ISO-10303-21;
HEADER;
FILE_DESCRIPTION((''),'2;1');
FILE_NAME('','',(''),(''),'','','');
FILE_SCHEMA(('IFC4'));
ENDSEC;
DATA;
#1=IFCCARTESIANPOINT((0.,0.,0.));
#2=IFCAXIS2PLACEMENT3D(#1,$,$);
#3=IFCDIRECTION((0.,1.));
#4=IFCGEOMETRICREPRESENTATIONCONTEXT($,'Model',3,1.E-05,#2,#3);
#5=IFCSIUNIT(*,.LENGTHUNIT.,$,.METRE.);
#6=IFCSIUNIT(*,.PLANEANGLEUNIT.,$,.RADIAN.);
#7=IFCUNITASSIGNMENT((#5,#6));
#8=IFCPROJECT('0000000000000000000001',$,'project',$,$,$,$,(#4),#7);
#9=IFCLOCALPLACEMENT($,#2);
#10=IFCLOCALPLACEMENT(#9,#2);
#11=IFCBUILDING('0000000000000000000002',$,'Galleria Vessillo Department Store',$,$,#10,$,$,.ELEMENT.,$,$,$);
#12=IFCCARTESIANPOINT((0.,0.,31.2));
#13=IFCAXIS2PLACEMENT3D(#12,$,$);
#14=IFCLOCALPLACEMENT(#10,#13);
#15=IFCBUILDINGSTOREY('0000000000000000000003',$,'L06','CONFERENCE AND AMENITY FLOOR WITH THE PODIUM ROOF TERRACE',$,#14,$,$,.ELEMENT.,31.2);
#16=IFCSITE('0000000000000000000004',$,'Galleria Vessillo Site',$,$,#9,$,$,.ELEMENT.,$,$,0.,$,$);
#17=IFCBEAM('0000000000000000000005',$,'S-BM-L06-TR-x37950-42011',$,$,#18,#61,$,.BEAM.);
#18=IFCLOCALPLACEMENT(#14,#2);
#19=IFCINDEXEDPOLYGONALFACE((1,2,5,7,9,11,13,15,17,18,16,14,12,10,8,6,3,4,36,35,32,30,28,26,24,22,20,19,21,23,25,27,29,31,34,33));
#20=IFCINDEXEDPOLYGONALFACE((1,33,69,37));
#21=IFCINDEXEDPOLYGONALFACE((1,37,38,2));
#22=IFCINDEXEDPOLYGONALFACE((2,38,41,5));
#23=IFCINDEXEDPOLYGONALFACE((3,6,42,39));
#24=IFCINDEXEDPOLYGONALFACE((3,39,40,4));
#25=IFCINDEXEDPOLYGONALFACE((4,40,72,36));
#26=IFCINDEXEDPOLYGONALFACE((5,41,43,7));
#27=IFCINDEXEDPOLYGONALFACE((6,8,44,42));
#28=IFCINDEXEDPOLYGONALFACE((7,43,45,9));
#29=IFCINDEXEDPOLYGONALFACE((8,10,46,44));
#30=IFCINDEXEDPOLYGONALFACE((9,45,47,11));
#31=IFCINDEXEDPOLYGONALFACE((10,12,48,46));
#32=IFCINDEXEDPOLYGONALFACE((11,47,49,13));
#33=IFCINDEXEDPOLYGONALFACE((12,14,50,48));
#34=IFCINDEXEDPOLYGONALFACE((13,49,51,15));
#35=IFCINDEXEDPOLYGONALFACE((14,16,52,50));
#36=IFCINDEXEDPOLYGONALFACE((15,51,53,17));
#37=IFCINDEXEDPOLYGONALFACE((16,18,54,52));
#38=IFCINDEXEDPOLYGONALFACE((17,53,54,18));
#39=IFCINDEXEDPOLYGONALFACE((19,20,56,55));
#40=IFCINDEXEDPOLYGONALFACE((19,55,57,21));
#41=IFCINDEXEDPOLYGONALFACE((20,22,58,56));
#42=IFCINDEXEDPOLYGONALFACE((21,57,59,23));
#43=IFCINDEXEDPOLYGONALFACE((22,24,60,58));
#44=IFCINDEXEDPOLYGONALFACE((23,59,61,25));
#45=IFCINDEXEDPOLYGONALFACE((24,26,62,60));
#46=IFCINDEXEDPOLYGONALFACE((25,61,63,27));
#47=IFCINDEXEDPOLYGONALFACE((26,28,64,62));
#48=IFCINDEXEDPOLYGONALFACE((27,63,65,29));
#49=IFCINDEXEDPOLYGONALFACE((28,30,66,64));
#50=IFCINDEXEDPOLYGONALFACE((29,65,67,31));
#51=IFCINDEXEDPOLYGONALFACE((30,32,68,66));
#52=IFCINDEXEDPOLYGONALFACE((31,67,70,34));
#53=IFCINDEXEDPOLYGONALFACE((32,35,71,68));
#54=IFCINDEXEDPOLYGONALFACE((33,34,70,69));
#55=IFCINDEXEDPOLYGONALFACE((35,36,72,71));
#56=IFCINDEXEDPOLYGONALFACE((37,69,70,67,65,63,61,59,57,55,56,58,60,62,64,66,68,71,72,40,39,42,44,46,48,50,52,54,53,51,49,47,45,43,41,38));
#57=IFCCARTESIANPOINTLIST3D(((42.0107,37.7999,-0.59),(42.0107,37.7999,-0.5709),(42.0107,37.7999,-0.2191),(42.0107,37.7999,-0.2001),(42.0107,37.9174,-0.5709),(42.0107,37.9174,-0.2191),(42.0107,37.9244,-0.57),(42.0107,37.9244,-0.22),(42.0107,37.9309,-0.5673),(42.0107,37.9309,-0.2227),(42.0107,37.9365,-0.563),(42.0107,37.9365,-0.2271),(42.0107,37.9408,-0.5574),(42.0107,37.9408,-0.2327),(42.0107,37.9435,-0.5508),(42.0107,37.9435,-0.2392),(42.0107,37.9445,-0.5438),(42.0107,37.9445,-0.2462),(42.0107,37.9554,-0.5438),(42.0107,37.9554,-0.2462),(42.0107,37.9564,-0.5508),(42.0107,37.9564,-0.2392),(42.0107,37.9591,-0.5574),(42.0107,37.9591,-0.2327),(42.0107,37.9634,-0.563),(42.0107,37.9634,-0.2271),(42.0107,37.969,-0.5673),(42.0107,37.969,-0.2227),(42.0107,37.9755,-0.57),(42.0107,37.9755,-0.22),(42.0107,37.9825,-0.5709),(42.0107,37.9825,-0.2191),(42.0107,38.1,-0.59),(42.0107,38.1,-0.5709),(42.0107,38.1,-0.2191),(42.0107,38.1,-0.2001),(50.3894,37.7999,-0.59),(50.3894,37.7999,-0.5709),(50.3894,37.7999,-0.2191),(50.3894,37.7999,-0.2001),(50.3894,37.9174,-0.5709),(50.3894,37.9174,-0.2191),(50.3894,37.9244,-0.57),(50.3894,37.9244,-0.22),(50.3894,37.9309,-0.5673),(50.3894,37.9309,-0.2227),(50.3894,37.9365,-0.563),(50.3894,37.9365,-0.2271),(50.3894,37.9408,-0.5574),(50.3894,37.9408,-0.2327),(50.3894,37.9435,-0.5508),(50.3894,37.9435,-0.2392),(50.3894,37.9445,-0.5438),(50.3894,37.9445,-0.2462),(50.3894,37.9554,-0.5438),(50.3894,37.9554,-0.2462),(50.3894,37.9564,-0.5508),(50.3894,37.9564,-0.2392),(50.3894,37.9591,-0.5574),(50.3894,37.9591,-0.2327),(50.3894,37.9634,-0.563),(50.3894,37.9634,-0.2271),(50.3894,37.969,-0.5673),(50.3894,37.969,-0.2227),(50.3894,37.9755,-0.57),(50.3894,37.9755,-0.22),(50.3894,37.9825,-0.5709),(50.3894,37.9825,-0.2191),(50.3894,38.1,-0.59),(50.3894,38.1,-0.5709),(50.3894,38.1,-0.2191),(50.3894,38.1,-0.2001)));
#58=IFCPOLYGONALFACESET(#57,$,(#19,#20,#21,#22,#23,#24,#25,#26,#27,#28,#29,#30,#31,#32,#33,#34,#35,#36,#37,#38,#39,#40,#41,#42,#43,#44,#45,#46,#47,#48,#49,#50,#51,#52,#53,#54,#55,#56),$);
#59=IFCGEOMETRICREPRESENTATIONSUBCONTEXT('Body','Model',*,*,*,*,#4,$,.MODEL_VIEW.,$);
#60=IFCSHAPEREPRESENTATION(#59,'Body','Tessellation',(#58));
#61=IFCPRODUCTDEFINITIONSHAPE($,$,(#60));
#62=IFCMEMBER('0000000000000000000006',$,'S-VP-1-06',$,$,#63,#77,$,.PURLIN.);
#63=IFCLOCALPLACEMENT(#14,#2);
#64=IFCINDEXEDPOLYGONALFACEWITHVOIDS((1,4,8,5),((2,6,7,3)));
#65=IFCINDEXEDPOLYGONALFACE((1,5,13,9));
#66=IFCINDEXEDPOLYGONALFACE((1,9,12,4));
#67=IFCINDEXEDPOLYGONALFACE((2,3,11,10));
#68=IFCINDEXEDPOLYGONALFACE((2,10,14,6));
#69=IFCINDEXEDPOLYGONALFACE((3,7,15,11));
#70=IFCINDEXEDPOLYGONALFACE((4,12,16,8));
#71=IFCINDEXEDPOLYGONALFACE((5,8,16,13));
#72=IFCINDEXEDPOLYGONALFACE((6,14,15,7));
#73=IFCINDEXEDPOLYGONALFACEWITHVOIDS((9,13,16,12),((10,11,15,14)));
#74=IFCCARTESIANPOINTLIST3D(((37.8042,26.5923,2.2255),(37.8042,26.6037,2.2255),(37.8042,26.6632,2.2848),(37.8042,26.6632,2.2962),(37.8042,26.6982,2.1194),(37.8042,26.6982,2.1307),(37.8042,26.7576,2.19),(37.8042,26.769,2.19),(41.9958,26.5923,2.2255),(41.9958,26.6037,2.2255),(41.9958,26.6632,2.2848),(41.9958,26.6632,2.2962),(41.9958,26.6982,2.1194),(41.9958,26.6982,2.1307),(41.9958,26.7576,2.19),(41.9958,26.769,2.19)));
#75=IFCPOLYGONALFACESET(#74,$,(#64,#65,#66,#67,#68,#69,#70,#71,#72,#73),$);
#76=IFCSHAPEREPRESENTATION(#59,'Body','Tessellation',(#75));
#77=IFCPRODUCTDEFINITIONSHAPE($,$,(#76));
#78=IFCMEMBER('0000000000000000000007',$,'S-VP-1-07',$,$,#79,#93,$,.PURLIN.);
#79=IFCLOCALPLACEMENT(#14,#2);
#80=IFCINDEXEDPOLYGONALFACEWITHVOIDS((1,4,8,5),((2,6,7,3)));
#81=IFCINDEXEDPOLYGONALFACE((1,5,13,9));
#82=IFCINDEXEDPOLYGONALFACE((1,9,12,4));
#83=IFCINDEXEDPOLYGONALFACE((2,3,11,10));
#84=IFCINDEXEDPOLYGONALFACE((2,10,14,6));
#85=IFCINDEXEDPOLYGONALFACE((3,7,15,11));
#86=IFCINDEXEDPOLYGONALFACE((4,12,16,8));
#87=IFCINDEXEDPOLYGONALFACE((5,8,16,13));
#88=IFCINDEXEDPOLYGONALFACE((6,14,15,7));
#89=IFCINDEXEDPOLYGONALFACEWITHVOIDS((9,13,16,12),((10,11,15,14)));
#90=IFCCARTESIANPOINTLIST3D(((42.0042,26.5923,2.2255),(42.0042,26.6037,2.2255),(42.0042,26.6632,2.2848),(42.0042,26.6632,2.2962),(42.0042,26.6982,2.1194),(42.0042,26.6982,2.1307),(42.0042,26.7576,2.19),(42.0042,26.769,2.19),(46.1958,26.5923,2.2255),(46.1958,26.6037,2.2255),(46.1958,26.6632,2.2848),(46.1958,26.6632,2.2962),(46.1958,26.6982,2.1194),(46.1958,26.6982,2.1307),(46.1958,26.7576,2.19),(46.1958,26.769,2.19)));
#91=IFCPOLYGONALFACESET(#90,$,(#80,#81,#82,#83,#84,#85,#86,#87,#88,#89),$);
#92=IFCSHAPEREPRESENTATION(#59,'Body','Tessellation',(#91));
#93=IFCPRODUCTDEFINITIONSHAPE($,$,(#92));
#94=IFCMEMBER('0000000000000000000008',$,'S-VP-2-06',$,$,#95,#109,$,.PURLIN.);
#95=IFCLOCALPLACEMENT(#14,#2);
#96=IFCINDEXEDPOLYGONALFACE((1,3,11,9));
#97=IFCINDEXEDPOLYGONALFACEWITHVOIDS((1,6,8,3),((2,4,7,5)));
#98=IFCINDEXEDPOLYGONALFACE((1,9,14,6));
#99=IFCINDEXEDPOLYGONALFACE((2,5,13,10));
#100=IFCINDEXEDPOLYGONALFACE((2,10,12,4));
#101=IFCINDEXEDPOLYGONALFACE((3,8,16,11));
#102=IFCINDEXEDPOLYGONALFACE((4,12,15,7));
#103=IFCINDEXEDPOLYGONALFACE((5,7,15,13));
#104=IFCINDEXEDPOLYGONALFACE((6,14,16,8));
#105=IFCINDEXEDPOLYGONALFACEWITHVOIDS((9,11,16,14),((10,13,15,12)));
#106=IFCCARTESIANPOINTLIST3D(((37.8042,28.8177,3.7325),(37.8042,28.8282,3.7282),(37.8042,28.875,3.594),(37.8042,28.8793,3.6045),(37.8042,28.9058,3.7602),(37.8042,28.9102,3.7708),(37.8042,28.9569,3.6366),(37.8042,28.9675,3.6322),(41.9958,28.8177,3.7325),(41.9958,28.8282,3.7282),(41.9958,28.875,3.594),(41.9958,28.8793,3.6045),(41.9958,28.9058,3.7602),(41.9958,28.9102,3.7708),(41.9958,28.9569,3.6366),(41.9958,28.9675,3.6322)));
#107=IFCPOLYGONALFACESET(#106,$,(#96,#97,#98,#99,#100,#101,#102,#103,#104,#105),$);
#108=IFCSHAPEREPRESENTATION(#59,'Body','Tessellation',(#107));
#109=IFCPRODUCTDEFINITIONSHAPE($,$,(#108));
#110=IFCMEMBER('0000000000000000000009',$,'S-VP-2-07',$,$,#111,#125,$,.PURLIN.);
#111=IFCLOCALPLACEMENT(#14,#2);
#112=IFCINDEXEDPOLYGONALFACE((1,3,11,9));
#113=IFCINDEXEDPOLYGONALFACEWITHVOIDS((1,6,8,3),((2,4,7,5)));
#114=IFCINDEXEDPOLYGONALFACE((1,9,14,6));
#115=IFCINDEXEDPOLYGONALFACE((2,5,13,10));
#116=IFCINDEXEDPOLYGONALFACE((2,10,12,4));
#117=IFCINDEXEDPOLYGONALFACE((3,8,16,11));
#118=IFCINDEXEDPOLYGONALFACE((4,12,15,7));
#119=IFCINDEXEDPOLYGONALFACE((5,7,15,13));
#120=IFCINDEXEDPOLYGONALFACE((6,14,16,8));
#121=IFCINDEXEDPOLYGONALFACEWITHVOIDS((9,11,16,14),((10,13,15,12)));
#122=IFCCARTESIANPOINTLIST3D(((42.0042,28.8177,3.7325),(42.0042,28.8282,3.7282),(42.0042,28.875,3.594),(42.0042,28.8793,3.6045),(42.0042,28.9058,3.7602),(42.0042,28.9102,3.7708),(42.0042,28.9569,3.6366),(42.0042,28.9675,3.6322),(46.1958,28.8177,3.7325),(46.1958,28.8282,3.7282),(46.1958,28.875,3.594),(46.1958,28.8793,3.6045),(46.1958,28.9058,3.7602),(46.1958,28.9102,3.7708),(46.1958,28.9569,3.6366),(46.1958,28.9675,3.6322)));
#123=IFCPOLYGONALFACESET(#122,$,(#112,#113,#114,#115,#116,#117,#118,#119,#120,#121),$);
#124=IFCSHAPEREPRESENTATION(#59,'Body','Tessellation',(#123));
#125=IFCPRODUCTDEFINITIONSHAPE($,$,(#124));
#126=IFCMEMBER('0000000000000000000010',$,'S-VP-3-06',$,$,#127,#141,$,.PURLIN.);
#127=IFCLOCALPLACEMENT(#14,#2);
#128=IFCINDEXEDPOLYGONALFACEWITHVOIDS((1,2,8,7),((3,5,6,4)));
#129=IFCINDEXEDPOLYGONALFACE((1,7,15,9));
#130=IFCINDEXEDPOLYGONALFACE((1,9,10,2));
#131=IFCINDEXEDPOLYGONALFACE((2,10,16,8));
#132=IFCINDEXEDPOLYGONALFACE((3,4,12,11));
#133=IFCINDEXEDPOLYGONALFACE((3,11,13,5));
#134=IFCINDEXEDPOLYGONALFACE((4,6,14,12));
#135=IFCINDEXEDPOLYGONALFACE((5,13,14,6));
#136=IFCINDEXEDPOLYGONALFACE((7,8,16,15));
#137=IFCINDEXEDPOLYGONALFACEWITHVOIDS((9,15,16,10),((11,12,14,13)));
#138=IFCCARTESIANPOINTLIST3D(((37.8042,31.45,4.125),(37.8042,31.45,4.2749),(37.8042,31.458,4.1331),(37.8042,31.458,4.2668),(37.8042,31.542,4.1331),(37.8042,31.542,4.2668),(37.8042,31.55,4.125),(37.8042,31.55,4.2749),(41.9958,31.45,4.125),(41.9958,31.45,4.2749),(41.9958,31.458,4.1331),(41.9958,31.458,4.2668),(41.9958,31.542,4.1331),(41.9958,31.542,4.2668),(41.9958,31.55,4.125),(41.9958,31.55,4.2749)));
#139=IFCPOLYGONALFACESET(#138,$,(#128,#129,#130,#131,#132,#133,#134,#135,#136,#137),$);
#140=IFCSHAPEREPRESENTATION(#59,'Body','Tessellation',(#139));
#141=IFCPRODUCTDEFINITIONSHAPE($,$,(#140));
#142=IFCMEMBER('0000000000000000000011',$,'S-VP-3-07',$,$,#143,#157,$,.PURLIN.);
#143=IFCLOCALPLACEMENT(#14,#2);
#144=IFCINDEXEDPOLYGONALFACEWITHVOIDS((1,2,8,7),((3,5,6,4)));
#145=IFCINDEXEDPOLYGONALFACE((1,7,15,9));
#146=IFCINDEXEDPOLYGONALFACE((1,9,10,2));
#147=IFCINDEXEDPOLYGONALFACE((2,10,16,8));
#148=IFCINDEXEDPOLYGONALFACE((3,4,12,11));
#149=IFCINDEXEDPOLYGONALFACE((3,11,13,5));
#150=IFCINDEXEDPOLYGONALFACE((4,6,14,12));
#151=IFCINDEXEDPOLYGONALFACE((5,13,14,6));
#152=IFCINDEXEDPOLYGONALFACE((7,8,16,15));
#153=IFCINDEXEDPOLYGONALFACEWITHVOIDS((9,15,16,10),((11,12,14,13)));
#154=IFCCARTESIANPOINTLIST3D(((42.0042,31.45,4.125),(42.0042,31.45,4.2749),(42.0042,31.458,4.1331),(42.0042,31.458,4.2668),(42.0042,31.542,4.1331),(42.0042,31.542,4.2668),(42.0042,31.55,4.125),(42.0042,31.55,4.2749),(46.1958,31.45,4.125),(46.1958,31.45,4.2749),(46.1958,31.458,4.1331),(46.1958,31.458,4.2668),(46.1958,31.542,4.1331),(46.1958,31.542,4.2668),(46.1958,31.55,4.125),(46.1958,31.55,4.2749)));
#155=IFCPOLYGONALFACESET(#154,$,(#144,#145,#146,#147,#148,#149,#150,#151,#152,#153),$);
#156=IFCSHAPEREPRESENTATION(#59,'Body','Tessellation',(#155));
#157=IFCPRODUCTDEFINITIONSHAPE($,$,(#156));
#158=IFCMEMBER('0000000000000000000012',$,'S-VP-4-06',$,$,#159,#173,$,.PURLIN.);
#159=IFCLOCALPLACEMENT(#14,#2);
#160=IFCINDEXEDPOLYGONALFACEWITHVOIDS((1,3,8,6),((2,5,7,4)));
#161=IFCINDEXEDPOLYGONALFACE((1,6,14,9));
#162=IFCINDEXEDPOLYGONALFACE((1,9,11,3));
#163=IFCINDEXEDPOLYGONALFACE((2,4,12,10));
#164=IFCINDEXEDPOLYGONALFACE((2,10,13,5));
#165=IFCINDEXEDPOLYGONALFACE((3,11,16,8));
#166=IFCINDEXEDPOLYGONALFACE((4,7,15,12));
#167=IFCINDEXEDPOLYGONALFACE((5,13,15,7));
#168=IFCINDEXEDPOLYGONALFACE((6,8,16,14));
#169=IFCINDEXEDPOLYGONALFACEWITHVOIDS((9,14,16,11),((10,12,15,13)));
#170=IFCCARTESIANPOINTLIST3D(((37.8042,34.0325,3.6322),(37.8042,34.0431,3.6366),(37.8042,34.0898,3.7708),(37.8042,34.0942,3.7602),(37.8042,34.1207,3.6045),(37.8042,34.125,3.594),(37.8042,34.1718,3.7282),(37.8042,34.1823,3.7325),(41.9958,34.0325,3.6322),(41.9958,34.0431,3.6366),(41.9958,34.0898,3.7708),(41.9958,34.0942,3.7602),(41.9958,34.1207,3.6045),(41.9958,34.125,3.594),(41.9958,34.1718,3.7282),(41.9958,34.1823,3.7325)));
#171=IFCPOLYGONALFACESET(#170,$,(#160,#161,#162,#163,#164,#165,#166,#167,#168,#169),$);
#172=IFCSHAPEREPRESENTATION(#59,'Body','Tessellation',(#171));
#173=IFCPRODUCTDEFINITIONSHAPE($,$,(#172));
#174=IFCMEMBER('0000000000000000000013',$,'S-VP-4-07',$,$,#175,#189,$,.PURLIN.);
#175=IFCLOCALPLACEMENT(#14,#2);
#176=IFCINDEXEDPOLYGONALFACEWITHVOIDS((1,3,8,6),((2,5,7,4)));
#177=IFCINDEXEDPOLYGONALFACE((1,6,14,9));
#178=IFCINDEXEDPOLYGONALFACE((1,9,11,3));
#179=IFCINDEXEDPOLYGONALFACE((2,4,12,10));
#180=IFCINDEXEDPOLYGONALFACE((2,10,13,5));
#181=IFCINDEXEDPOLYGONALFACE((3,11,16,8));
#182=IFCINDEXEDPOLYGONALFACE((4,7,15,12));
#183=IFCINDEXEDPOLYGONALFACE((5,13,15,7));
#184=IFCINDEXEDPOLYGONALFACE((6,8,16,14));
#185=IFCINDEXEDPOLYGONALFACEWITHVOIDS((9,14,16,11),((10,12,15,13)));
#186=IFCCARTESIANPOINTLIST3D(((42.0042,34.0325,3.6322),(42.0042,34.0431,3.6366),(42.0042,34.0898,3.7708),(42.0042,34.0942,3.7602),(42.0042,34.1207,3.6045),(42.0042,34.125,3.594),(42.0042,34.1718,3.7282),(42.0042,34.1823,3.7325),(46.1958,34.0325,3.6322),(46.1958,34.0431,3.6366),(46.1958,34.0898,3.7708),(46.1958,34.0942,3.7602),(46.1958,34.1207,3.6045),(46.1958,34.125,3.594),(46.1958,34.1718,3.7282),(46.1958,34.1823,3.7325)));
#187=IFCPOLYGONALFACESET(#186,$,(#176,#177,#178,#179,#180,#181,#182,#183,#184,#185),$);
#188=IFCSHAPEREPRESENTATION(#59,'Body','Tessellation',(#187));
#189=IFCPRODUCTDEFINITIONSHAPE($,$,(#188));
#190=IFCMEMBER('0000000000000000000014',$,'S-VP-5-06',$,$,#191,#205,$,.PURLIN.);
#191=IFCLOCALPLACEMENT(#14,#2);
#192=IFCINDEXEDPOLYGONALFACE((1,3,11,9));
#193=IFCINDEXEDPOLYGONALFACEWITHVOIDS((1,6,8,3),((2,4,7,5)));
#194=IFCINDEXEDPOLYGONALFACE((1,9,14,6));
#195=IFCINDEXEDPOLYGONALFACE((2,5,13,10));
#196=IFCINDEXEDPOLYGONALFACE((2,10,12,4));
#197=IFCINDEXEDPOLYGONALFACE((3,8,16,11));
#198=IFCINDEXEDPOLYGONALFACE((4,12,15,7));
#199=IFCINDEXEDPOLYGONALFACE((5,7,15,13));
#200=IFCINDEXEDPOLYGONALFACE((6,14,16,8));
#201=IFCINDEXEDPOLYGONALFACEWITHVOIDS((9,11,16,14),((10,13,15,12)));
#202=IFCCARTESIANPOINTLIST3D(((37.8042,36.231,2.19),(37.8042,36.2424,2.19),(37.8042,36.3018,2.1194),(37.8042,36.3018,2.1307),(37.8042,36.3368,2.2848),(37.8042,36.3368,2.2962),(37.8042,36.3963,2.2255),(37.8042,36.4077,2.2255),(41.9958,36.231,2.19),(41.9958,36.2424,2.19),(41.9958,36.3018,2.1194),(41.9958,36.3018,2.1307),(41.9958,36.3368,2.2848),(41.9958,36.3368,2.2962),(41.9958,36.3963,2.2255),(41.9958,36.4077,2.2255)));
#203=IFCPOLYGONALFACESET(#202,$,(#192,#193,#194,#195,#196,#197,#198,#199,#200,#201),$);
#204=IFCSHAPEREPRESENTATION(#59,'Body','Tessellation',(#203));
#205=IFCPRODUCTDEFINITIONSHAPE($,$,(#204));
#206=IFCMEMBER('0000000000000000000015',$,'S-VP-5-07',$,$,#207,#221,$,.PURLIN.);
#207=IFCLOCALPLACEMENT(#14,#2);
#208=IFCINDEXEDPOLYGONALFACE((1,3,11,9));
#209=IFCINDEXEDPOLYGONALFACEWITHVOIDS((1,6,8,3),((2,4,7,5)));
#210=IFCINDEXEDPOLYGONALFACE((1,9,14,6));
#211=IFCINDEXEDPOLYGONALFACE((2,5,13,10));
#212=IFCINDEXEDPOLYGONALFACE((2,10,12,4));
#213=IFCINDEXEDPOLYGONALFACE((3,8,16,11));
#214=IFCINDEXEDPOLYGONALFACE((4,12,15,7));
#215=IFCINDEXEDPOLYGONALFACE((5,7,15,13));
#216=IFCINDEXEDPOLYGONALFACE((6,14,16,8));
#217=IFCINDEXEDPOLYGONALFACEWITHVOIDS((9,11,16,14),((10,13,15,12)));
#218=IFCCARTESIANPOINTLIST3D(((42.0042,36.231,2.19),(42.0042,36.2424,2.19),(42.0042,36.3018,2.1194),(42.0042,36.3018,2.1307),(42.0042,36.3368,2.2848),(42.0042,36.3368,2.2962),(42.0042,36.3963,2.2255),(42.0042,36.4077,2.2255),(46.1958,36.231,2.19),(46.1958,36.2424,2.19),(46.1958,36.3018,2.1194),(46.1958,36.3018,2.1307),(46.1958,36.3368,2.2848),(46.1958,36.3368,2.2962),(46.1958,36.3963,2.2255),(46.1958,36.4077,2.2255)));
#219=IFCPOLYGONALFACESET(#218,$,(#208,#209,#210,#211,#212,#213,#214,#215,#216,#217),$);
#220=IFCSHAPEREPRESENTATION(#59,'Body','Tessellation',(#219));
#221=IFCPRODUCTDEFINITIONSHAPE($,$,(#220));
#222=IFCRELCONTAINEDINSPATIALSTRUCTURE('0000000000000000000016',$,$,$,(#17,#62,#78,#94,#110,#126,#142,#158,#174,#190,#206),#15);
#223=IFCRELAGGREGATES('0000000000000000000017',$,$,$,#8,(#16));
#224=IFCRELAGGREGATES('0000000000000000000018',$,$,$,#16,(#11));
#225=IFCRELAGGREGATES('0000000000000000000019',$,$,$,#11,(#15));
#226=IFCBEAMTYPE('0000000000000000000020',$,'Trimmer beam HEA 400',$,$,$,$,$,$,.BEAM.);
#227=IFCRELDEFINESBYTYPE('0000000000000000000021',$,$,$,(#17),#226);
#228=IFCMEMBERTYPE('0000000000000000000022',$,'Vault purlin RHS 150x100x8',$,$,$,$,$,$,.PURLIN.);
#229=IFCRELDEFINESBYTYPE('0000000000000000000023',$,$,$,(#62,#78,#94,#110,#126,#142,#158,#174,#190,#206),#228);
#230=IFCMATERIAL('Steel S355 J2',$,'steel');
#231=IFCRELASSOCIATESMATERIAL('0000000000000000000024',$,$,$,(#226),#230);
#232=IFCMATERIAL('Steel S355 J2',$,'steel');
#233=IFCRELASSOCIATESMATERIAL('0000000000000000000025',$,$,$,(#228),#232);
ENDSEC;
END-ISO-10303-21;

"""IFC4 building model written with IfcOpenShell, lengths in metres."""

from ifc_helpers import new_model, si_unit, direction, frame, origin, origin_2d, place, context, subcontext, project, spatial, hollow_rectangle, i_section, extrude, material, material_profile, profile_set, type_object, element, save


model = new_model("IFC4")

# Units and contexts
model_context = context("Model", 3, precision=1e-05, world=origin(), true_north=direction((0.0, 1.0)))
body_context = subcontext(model_context, "Body", "Model", "MODEL_VIEW")
ifc_project = project(units=[si_unit("LENGTHUNIT", "METRE"), si_unit("PLANEANGLEUNIT", "RADIAN")], contexts=[model_context])

# Site, building, storey
site_placement = place(None, origin())
site = spatial("IfcSite", under=ifc_project, at=site_placement, Name="Galleria Vessillo Site", CompositionType="ELEMENT", RefElevation=0.0)
building_placement = place(site_placement, origin())
building = spatial("IfcBuilding", under=site, at=building_placement, Name="Galleria Vessillo Department Store", CompositionType="ELEMENT")
storey_placement = place(building_placement, frame((0.0, 0.0, 31.2)))
storey = spatial("IfcBuildingStorey", under=building, at=storey_placement, Name="L06", Description="CONFERENCE AND AMENITY FLOOR WITH THE PODIUM ROOF TERRACE", CompositionType="ELEMENT", Elevation=31.2)

# Beam
ifc_material_1 = material(Name="Steel S355 J2", Category="steel")
ifc_material_profile_1 = material_profile(ifc_material_1, i_section(OverallWidth=0.3, OverallDepth=0.3899, WebThickness=0.011, FlangeThickness=0.019, FilletRadius=0.0271, at=origin_2d()), Name="HEA 400")
ifc_profile_set_1 = profile_set([ifc_material_profile_1], Name="Steel S355 J2")
beam_type_1 = type_object("IfcBeamType", Name="Trimmer beam HEA 400", PredefinedType="BEAM", material=ifc_profile_set_1)
beam_1_placement = place(storey_placement, frame((42.0107, 37.95, -0.395), z_axis=(1.0, 0.0, 0.0), x_axis=(0.0, 1.0, 0.0)))
element("IfcBeam", 1, at=beam_1_placement, inside=storey, type_object=beam_type_1, Name="S-BM-L06-TR-x37950-42011", PredefinedType="BEAM", context=body_context, shape_type="SweptSolid", body=[
    extrude(i_section(OverallWidth=0.3, OverallDepth=0.3899, WebThickness=0.011, FlangeThickness=0.019, FilletRadius=0.0271, at=origin_2d()), origin(), (0.0, 0.0, 1.0), 8.3787),
])

# Members
ifc_material_2 = material(Name="Steel S355 J2", Category="steel")
ifc_material_profile_2 = material_profile(ifc_material_2, hollow_rectangle(XDim=0.1001, YDim=0.1499, WallThickness=0.0081, at=origin_2d()), Name="RHS 150x100x8")
ifc_profile_set_2 = profile_set([ifc_material_profile_2], Name="Steel S355 J2")
member_type_1 = type_object("IfcMemberType", Name="Vault purlin RHS 150x100x8", PredefinedType="PURLIN", material=ifc_profile_set_2)
for number, where, z_axis, x_axis, name in (
    (2, (37.8042, 26.6807, 2.2078), (1.0, 0.0, 0.0), (0.0, 0.708077, 0.706135), "S-VP-1-06"),
    (3, (42.0042, 26.6807, 2.2078), (1.0, 0.0, 0.0), (0.0, 0.708077, 0.706135), "S-VP-1-07"),
    (4, (37.8042, 28.8926, 3.6824), (1.0, 0.0, 0.0), (0.0, 0.924145, 0.382043), "S-VP-2-06"),
    (5, (42.0042, 28.8926, 3.6824), (1.0, 0.0, 0.0), (0.0, 0.924145, 0.382043), "S-VP-2-07"),
    (6, (37.8042, 31.5, 4.2), (1.0, 0.0, 0.0), (0.0, 1.0, 0.0), "S-VP-3-06"),
    (7, (42.0042, 31.5, 4.2), (1.0, 0.0, 0.0), (0.0, 1.0, 0.0), "S-VP-3-07"),
    (8, (37.8042, 34.1074, 3.6824), (1.0, 0.0, 0.0), (0.0, 0.924145, -0.382043), "S-VP-4-06"),
    (9, (42.0042, 34.1074, 3.6824), (1.0, 0.0, 0.0), (0.0, 0.924145, -0.382043), "S-VP-4-07"),
    (10, (37.8042, 36.3193, 2.2078), (1.0, 0.0, 0.0), (0.0, 0.708077, -0.706135), "S-VP-5-06"),
    (11, (42.0042, 36.3193, 2.2078), (1.0, 0.0, 0.0), (0.0, 0.708077, -0.706135), "S-VP-5-07"),
):
    element("IfcMember", number, at=place(storey_placement, frame(where, z_axis=z_axis, x_axis=x_axis)), inside=storey, type_object=member_type_1, Name=name, PredefinedType="PURLIN", context=body_context, shape_type="SweptSolid", body=[
        extrude(hollow_rectangle(XDim=0.1001, YDim=0.1499, WallThickness=0.0081, at=origin_2d()), origin(), (0.0, 0.0, 1.0), 4.1917),
    ])

save(model, "model.ifc")
